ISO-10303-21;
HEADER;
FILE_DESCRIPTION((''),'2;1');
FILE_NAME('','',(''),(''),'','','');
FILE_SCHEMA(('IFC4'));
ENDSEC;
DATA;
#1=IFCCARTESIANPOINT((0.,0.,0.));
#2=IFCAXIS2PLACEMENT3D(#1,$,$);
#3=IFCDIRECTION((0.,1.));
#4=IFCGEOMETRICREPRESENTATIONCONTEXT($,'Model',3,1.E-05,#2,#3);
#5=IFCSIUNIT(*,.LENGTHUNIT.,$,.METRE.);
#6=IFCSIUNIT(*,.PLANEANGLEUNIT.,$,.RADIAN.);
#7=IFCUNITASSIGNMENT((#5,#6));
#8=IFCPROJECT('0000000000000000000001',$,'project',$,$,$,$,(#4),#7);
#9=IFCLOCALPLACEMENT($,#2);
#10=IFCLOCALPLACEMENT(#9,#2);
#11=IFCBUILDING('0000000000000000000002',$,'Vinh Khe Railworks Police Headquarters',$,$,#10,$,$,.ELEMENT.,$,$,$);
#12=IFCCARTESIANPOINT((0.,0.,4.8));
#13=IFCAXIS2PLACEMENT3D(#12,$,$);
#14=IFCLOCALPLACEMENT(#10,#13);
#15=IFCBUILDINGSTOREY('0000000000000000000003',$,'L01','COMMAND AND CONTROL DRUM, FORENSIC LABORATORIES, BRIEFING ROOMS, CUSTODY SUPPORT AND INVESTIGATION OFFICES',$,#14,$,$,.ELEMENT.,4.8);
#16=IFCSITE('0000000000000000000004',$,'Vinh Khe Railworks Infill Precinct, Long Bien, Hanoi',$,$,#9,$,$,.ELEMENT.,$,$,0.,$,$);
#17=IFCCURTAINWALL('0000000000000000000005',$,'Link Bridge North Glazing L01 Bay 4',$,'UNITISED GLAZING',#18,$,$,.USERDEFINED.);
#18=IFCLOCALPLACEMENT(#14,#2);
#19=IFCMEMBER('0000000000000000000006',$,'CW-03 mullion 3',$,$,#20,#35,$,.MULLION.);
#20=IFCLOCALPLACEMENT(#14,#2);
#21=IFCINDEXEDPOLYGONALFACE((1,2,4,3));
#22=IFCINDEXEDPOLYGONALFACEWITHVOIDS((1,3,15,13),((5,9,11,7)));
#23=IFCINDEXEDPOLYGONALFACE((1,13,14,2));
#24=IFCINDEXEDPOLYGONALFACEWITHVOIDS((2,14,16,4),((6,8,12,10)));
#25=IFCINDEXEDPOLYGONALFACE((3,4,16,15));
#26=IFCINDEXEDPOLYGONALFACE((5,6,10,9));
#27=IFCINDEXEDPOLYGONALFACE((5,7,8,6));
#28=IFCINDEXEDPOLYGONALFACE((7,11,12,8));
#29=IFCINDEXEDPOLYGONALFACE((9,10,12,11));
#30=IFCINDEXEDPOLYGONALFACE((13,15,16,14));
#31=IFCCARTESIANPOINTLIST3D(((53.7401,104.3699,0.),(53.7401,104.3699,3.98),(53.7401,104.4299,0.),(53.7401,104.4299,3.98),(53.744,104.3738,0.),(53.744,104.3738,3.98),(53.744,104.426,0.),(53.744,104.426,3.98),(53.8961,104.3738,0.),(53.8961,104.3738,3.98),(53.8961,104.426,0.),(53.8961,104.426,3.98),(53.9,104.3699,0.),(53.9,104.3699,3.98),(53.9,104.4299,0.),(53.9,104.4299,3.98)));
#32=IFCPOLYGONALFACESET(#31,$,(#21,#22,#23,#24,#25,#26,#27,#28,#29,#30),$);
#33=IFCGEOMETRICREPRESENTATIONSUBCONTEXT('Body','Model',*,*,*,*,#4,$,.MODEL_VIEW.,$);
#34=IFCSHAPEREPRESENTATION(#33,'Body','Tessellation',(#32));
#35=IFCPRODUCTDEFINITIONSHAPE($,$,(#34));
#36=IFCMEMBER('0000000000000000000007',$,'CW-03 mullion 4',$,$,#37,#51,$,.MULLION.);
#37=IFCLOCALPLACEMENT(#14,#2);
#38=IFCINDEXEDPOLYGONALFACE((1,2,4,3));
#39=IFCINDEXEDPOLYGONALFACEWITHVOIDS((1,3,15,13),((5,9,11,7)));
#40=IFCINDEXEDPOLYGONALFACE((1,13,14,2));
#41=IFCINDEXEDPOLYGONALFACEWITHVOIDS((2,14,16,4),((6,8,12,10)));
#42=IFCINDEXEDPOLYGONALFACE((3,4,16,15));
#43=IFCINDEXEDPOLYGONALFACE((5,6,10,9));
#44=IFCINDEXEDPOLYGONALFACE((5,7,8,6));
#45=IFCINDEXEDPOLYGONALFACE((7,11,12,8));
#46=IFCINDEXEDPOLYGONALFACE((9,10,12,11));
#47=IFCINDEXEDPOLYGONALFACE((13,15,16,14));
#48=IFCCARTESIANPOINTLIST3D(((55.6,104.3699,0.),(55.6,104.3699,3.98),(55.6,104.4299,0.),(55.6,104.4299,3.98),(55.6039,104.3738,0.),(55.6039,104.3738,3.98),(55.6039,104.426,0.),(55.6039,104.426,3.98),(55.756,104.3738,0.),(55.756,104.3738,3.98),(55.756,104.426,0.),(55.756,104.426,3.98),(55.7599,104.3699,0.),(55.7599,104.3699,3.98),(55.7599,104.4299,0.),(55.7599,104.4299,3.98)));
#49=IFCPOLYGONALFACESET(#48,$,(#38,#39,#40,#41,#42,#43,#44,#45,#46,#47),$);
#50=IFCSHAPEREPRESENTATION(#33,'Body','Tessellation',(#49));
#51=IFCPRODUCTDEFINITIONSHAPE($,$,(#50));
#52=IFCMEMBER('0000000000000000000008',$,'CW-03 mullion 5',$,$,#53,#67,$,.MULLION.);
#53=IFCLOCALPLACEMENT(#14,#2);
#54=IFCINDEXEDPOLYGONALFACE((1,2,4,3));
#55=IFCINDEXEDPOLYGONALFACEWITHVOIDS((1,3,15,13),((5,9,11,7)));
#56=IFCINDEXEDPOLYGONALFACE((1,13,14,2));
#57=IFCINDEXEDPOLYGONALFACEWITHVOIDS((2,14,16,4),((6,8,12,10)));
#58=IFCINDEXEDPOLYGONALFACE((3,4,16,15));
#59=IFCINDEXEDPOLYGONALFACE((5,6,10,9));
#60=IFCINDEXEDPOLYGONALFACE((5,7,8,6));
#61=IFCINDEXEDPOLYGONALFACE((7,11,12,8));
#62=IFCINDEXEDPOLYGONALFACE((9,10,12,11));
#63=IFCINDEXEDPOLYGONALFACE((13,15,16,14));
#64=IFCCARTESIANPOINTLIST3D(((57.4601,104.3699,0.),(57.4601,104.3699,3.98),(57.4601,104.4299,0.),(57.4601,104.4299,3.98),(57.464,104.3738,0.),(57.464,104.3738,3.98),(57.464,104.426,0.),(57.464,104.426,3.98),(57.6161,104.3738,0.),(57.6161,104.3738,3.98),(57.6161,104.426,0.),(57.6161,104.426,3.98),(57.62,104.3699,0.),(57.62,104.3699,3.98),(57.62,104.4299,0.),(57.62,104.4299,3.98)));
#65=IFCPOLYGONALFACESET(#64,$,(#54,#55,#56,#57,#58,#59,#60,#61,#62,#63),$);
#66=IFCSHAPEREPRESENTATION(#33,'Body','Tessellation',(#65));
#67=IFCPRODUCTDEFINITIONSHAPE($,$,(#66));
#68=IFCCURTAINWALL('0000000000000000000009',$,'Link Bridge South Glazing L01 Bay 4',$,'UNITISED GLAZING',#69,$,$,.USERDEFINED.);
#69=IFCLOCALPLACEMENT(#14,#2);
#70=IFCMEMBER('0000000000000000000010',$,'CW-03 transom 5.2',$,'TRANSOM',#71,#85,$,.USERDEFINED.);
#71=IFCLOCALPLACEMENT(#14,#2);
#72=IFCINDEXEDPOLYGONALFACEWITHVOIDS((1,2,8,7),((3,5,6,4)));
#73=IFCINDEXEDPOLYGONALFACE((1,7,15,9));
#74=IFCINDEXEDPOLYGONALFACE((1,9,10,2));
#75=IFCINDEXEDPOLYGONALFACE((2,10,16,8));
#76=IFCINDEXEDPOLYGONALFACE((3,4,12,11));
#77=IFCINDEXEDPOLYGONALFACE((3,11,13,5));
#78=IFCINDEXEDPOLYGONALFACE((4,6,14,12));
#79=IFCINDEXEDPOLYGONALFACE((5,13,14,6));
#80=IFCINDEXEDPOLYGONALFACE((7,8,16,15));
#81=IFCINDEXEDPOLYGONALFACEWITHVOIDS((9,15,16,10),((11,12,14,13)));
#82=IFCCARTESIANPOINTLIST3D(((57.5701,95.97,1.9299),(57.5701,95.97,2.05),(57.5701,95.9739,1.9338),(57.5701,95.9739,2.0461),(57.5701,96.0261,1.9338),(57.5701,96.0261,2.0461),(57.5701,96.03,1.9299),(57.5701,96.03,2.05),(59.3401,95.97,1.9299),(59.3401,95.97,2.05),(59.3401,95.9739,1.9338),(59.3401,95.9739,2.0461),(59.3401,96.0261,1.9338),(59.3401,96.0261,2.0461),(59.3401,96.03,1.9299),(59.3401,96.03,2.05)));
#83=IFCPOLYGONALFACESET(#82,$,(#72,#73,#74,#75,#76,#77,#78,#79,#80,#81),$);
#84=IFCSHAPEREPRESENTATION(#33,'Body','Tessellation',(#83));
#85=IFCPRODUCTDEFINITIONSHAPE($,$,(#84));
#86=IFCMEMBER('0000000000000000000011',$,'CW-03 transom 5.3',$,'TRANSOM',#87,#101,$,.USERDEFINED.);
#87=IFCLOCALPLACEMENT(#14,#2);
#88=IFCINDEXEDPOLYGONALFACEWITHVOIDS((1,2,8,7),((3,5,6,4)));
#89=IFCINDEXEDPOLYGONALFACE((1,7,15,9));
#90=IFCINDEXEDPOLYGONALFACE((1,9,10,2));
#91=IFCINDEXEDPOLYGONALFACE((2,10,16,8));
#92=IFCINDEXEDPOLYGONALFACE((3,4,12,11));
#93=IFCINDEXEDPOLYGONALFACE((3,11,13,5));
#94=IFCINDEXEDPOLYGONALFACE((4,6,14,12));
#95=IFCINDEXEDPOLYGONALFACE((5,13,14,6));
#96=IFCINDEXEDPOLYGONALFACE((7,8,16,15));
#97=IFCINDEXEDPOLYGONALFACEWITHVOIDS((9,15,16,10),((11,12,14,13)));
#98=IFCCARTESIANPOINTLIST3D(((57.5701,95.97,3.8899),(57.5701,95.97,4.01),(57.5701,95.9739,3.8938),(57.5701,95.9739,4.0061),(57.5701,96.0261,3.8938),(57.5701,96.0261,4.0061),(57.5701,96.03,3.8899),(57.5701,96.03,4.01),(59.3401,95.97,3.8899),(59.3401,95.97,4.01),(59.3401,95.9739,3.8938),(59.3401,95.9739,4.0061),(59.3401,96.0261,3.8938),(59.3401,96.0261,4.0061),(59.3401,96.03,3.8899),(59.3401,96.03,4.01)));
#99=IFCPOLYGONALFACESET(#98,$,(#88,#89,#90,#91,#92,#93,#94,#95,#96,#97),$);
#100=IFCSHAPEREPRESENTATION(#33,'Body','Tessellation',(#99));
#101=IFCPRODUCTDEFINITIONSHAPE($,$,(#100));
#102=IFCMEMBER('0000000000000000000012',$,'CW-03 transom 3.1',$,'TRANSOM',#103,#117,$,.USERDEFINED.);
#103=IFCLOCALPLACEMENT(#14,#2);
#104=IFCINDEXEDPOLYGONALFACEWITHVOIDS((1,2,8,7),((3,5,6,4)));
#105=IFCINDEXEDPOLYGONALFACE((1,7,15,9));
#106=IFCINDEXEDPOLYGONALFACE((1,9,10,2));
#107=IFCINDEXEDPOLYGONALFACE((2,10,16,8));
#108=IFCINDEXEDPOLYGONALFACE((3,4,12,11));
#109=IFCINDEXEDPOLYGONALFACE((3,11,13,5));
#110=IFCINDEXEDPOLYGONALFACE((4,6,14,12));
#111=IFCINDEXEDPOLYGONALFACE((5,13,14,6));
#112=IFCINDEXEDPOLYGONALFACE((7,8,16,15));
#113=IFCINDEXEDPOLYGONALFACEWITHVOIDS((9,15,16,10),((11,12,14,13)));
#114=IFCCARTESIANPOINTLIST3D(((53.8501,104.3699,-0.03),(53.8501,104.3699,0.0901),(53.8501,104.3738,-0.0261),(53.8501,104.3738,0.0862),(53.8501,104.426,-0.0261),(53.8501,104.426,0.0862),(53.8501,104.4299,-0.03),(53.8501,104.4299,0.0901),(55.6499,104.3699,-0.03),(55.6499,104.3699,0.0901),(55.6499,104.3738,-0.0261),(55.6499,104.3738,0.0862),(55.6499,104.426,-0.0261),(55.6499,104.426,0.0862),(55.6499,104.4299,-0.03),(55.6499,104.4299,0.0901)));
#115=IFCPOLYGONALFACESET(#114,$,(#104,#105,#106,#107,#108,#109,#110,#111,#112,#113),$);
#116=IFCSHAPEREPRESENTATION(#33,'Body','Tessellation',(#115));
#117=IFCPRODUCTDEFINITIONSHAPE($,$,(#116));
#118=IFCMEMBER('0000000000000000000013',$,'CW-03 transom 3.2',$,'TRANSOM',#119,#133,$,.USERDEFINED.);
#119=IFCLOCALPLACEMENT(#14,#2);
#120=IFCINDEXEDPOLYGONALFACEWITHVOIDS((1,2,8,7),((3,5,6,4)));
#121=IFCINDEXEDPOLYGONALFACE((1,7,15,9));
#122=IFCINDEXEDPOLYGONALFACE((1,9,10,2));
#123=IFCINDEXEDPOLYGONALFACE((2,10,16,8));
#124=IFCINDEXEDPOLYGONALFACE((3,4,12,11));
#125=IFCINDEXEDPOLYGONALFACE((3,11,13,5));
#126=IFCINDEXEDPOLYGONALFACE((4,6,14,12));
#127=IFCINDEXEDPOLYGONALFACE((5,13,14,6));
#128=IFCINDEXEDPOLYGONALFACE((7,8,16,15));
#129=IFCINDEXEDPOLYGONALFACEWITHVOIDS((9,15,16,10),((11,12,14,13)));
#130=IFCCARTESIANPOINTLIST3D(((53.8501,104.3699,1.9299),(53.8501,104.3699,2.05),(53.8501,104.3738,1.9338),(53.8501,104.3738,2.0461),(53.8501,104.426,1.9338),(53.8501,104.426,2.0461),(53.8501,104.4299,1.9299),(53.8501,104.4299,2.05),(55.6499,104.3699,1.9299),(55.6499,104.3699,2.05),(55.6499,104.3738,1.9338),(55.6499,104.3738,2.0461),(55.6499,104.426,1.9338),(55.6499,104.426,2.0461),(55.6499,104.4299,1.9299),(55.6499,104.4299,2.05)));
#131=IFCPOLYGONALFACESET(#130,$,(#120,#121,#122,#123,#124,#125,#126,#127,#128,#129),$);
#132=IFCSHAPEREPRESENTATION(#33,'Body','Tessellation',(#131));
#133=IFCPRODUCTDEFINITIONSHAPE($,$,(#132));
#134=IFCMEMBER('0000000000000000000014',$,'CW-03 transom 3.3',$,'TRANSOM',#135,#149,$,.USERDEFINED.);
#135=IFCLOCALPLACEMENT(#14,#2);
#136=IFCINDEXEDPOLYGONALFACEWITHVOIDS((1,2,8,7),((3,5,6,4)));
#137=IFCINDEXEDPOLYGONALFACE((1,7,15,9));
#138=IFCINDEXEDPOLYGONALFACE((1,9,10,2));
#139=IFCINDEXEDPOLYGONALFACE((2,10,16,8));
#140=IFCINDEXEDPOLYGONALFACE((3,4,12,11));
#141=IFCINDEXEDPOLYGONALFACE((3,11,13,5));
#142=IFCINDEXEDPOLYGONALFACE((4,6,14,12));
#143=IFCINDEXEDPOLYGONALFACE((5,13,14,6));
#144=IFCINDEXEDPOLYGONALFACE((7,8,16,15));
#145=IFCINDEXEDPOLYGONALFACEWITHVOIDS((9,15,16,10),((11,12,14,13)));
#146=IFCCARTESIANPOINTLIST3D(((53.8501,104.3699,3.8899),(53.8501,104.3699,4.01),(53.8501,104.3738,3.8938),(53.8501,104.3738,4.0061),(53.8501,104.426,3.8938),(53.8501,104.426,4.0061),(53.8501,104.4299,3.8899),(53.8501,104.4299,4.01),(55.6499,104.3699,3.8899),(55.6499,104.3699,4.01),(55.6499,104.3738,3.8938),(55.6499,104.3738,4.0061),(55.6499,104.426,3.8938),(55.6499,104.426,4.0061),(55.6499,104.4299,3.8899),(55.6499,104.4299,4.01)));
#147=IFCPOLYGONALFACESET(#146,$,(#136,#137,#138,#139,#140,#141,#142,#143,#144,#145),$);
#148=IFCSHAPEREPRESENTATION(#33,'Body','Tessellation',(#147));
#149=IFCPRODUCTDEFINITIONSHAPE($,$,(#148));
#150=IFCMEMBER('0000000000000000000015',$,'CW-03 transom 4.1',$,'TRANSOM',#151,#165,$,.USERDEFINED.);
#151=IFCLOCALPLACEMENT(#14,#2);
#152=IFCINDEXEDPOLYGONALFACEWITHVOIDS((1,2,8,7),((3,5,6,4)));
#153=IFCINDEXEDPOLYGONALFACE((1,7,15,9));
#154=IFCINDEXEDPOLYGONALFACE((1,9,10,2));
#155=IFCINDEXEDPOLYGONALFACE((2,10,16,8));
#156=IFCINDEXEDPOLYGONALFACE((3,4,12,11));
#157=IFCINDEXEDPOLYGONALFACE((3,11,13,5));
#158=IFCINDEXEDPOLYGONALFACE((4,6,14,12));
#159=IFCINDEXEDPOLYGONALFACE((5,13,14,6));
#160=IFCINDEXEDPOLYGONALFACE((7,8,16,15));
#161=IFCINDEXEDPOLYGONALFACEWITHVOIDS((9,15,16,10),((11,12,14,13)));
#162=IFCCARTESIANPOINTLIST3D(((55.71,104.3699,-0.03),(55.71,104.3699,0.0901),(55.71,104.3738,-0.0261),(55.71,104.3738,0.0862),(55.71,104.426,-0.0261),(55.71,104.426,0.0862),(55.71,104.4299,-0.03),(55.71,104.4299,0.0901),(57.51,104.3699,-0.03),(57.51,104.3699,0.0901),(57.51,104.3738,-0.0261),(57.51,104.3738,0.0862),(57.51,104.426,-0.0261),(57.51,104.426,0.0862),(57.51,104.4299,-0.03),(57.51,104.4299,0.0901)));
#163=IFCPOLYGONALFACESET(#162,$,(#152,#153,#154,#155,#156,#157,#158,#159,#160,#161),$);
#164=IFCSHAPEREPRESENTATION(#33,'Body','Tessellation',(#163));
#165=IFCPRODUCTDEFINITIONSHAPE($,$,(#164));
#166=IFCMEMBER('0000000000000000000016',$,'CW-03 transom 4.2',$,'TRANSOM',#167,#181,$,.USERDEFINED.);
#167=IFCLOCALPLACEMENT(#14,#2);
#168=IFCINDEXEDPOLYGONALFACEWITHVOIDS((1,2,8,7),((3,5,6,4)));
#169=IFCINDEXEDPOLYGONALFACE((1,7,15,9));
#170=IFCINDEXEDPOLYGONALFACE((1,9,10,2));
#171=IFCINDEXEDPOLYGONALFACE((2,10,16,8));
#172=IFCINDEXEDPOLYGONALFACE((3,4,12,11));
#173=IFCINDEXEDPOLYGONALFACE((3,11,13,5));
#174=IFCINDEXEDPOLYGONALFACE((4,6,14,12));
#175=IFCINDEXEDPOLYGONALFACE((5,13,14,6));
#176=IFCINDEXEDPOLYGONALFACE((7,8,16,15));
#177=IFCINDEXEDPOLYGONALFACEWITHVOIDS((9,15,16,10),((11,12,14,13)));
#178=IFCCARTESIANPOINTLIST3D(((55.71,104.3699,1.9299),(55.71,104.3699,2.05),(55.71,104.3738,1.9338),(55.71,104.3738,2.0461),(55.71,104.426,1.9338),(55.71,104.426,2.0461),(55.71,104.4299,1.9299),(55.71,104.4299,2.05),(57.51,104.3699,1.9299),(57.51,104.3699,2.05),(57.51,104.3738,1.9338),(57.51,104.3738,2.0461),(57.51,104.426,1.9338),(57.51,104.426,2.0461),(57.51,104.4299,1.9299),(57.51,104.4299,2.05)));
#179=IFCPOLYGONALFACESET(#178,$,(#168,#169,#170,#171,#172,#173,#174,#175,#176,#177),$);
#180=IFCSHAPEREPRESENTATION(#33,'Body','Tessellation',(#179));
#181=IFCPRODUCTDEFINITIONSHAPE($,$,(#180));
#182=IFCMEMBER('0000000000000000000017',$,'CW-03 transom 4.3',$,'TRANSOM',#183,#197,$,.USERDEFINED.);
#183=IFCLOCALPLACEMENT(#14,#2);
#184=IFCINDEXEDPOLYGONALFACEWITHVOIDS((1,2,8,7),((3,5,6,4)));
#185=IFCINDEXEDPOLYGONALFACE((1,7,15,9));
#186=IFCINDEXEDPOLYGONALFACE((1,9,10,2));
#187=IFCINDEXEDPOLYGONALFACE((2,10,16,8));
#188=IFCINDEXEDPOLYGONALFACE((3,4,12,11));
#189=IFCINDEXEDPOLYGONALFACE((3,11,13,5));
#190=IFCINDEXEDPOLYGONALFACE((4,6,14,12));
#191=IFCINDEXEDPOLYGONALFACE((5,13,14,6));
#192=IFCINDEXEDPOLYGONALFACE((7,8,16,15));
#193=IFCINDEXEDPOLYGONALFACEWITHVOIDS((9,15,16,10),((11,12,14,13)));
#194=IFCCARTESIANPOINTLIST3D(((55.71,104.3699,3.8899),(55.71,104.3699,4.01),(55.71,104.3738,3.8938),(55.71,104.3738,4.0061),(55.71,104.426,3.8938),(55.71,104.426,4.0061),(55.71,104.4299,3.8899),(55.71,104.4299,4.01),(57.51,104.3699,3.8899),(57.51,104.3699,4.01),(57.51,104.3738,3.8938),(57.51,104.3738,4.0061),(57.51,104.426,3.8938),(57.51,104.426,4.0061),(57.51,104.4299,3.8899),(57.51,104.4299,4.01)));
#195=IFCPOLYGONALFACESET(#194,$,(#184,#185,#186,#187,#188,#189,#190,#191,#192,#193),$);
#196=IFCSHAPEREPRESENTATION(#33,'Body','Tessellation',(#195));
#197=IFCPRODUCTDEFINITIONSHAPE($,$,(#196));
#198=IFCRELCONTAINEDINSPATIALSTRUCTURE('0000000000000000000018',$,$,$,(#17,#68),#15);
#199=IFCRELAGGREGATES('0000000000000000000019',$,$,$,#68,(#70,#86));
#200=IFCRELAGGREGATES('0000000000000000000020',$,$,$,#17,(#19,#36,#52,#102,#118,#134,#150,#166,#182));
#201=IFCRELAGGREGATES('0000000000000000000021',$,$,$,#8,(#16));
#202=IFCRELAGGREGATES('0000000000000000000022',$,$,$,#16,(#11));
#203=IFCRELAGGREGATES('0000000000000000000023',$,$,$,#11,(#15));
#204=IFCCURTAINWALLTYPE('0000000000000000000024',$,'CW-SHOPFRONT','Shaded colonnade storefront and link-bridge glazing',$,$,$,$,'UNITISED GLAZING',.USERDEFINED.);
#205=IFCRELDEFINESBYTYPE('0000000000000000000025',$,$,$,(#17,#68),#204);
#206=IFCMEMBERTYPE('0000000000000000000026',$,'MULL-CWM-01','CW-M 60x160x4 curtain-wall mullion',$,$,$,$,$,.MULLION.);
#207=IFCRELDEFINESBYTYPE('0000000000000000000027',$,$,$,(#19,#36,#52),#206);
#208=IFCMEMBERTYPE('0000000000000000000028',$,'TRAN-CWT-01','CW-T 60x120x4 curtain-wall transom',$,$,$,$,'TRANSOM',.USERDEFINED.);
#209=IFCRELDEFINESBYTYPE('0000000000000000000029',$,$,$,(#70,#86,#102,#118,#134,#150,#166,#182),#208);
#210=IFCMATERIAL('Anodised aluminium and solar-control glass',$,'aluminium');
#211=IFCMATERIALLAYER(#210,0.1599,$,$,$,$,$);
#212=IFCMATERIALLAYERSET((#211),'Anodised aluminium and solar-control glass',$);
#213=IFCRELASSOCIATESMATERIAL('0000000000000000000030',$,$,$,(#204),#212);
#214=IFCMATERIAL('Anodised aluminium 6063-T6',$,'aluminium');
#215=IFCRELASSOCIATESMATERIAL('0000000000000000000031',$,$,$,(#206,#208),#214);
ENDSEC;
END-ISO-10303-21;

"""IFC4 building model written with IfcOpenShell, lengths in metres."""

from ifc_helpers import new_model, si_unit, direction, frame, origin, origin_2d, place, context, subcontext, project, spatial, hollow_rectangle, extrude, material, layer, layer_set, material_profile, profile_set, type_object, element, aggregate, save


model = new_model("IFC4")

# Units and contexts
model_context = context("Model", 3, precision=1e-05, world=origin(), true_north=direction((0.0, 1.0)))
body_context = subcontext(model_context, "Body", "Model", "MODEL_VIEW")
ifc_project = project(units=[si_unit("LENGTHUNIT", "METRE"), si_unit("PLANEANGLEUNIT", "RADIAN")], contexts=[model_context])

# Site, building, storey
site_placement = place(None, origin())
site = spatial("IfcSite", under=ifc_project, at=site_placement, Name="Vinh Khe Railworks Infill Precinct, Long Bien, Hanoi", CompositionType="ELEMENT", RefElevation=0.0)
building_placement = place(site_placement, origin())
building = spatial("IfcBuilding", under=site, at=building_placement, Name="Vinh Khe Railworks Police Headquarters", CompositionType="ELEMENT")
storey_placement = place(building_placement, frame((0.0, 0.0, 4.8)))
storey = spatial("IfcBuildingStorey", under=building, at=storey_placement, Name="L01", Description="COMMAND AND CONTROL DRUM, FORENSIC LABORATORIES, BRIEFING ROOMS, CUSTODY SUPPORT AND INVESTIGATION OFFICES", CompositionType="ELEMENT", Elevation=4.8)

# Curtain walls, members
ifc_material_1 = material(Name="Anodised aluminium and solar-control glass", Category="aluminium")
ifc_layer_1 = layer(ifc_material_1, 0.1599)
ifc_layer_set_1 = layer_set([ifc_layer_1], Name="Anodised aluminium and solar-control glass")
curtain_wall_type = type_object("IfcCurtainWallType", Name="CW-SHOPFRONT", Description="Shaded colonnade storefront and link-bridge glazing", ElementType="UNITISED GLAZING", PredefinedType="USERDEFINED", material=ifc_layer_set_1)
curtain_wall_1_placement = place(storey_placement, origin())
curtain_wall_1 = element("IfcCurtainWall", 1, at=curtain_wall_1_placement, inside=storey, type_object=curtain_wall_type, Name="Link Bridge North Glazing L01 Bay 4", ObjectType="UNITISED GLAZING", PredefinedType="USERDEFINED")
ifc_material_2 = material(Name="Anodised aluminium 6063-T6", Category="aluminium")
ifc_material_profile_1 = material_profile(ifc_material_2, hollow_rectangle(XDim=0.0601, YDim=0.1599, WallThickness=0.0039, at=origin_2d()), Name="CW-M 60x160x4")
ifc_profile_set_1 = profile_set([ifc_material_profile_1], Name="Anodised aluminium 6063-T6")
member_type_1 = type_object("IfcMemberType", Name="MULL-CWM-01", Description="CW-M 60x160x4 curtain-wall mullion", PredefinedType="MULLION", material=ifc_profile_set_1)
member_1_placement = place(storey_placement, frame((53.8201, 104.3999, 0.0), z_axis=(0.0, 0.0, 1.0), x_axis=(0.0, 1.0, 0.0)))
member_1 = element("IfcMember", 2, at=member_1_placement, type_object=member_type_1, Name="CW-03 mullion 3", PredefinedType="MULLION", context=body_context, shape_type="SweptSolid", body=[
    extrude(hollow_rectangle(XDim=0.0601, YDim=0.1599, WallThickness=0.0039, at=origin_2d()), origin(), (0.0, 0.0, 1.0), 3.98),
])
member_2_placement = place(storey_placement, frame((55.6799, 104.3999, 0.0), z_axis=(0.0, 0.0, 1.0), x_axis=(0.0, 1.0, 0.0)))
member_2 = element("IfcMember", 3, at=member_2_placement, type_object=member_type_1, Name="CW-03 mullion 4", PredefinedType="MULLION", context=body_context, shape_type="SweptSolid", body=[
    extrude(hollow_rectangle(XDim=0.0601, YDim=0.1599, WallThickness=0.0039, at=origin_2d()), origin(), (0.0, 0.0, 1.0), 3.98),
])
member_3_placement = place(storey_placement, frame((57.54, 104.3999, 0.0), z_axis=(0.0, 0.0, 1.0), x_axis=(0.0, 1.0, 0.0)))
member_3 = element("IfcMember", 4, at=member_3_placement, type_object=member_type_1, Name="CW-03 mullion 5", PredefinedType="MULLION", context=body_context, shape_type="SweptSolid", body=[
    extrude(hollow_rectangle(XDim=0.0601, YDim=0.1599, WallThickness=0.0039, at=origin_2d()), origin(), (0.0, 0.0, 1.0), 3.98),
])
curtain_wall_2_placement = place(storey_placement, origin())
curtain_wall_2 = element("IfcCurtainWall", 5, at=curtain_wall_2_placement, inside=storey, type_object=curtain_wall_type, Name="Link Bridge South Glazing L01 Bay 4", ObjectType="UNITISED GLAZING", PredefinedType="USERDEFINED")
ifc_material_profile_2 = material_profile(ifc_material_2, hollow_rectangle(XDim=0.0601, YDim=0.1201, WallThickness=0.0039, at=origin_2d()), Name="CW-T 60x120x4")
ifc_profile_set_2 = profile_set([ifc_material_profile_2], Name="Anodised aluminium 6063-T6")
member_type_2 = type_object("IfcMemberType", Name="TRAN-CWT-01", Description="CW-T 60x120x4 curtain-wall transom", ElementType="TRANSOM", PredefinedType="USERDEFINED", material=ifc_profile_set_2)
member_4_placement = place(storey_placement, frame((57.5701, 96.0, 1.99), z_axis=(1.0, 0.0, 0.0), x_axis=(0.0, 1.0, 0.0)))
member_4 = element("IfcMember", 6, at=member_4_placement, type_object=member_type_2, Name="CW-03 transom 5.2", ObjectType="TRANSOM", PredefinedType="USERDEFINED", context=body_context, shape_type="SweptSolid", body=[
    extrude(hollow_rectangle(XDim=0.0601, YDim=0.1201, WallThickness=0.0039, at=origin_2d()), origin(), (0.0, 0.0, 1.0), 1.77),
])
member_5_placement = place(storey_placement, frame((57.5701, 96.0, 3.95), z_axis=(1.0, 0.0, 0.0), x_axis=(0.0, 1.0, 0.0)))
member_5 = element("IfcMember", 7, at=member_5_placement, type_object=member_type_2, Name="CW-03 transom 5.3", ObjectType="TRANSOM", PredefinedType="USERDEFINED", context=body_context, shape_type="SweptSolid", body=[
    extrude(hollow_rectangle(XDim=0.0601, YDim=0.1201, WallThickness=0.0039, at=origin_2d()), origin(), (0.0, 0.0, 1.0), 1.77),
])

# Members
member_6_placement = place(storey_placement, frame((53.8501, 104.3999, 0.03), z_axis=(1.0, 0.0, 0.0), x_axis=(0.0, 1.0, 0.0)))
member_6 = element("IfcMember", 8, at=member_6_placement, type_object=member_type_2, Name="CW-03 transom 3.1", ObjectType="TRANSOM", PredefinedType="USERDEFINED", context=body_context, shape_type="SweptSolid", body=[
    extrude(hollow_rectangle(XDim=0.0601, YDim=0.1201, WallThickness=0.0039, at=origin_2d()), origin(), (0.0, 0.0, 1.0), 1.7998),
])
member_7_placement = place(storey_placement, frame((53.8501, 104.3999, 1.99), z_axis=(1.0, 0.0, 0.0), x_axis=(0.0, 1.0, 0.0)))
member_7 = element("IfcMember", 9, at=member_7_placement, type_object=member_type_2, Name="CW-03 transom 3.2", ObjectType="TRANSOM", PredefinedType="USERDEFINED", context=body_context, shape_type="SweptSolid", body=[
    extrude(hollow_rectangle(XDim=0.0601, YDim=0.1201, WallThickness=0.0039, at=origin_2d()), origin(), (0.0, 0.0, 1.0), 1.7998),
])
member_8_placement = place(storey_placement, frame((53.8501, 104.3999, 3.95), z_axis=(1.0, 0.0, 0.0), x_axis=(0.0, 1.0, 0.0)))
member_8 = element("IfcMember", 10, at=member_8_placement, type_object=member_type_2, Name="CW-03 transom 3.3", ObjectType="TRANSOM", PredefinedType="USERDEFINED", context=body_context, shape_type="SweptSolid", body=[
    extrude(hollow_rectangle(XDim=0.0601, YDim=0.1201, WallThickness=0.0039, at=origin_2d()), origin(), (0.0, 0.0, 1.0), 1.7998),
])
member_9_placement = place(storey_placement, frame((55.71, 104.3999, 0.03), z_axis=(1.0, 0.0, 0.0), x_axis=(0.0, 1.0, 0.0)))
member_9 = element("IfcMember", 11, at=member_9_placement, type_object=member_type_2, Name="CW-03 transom 4.1", ObjectType="TRANSOM", PredefinedType="USERDEFINED", context=body_context, shape_type="SweptSolid", body=[
    extrude(hollow_rectangle(XDim=0.0601, YDim=0.1201, WallThickness=0.0039, at=origin_2d()), origin(), (0.0, 0.0, 1.0), 1.8),
])
member_10_placement = place(storey_placement, frame((55.71, 104.3999, 1.99), z_axis=(1.0, 0.0, 0.0), x_axis=(0.0, 1.0, 0.0)))
member_10 = element("IfcMember", 12, at=member_10_placement, type_object=member_type_2, Name="CW-03 transom 4.2", ObjectType="TRANSOM", PredefinedType="USERDEFINED", context=body_context, shape_type="SweptSolid", body=[
    extrude(hollow_rectangle(XDim=0.0601, YDim=0.1201, WallThickness=0.0039, at=origin_2d()), origin(), (0.0, 0.0, 1.0), 1.8),
])
member_11_placement = place(storey_placement, frame((55.71, 104.3999, 3.95), z_axis=(1.0, 0.0, 0.0), x_axis=(0.0, 1.0, 0.0)))
member_11 = element("IfcMember", 13, at=member_11_placement, type_object=member_type_2, Name="CW-03 transom 4.3", ObjectType="TRANSOM", PredefinedType="USERDEFINED", context=body_context, shape_type="SweptSolid", body=[
    extrude(hollow_rectangle(XDim=0.0601, YDim=0.1201, WallThickness=0.0039, at=origin_2d()), origin(), (0.0, 0.0, 1.0), 1.8),
])

aggregate(curtain_wall_2, [member_4, member_5])
aggregate(curtain_wall_1, [member_1, member_2, member_3, member_6, member_7, member_8, member_9, member_10, member_11])

save(model, "model.ifc")
